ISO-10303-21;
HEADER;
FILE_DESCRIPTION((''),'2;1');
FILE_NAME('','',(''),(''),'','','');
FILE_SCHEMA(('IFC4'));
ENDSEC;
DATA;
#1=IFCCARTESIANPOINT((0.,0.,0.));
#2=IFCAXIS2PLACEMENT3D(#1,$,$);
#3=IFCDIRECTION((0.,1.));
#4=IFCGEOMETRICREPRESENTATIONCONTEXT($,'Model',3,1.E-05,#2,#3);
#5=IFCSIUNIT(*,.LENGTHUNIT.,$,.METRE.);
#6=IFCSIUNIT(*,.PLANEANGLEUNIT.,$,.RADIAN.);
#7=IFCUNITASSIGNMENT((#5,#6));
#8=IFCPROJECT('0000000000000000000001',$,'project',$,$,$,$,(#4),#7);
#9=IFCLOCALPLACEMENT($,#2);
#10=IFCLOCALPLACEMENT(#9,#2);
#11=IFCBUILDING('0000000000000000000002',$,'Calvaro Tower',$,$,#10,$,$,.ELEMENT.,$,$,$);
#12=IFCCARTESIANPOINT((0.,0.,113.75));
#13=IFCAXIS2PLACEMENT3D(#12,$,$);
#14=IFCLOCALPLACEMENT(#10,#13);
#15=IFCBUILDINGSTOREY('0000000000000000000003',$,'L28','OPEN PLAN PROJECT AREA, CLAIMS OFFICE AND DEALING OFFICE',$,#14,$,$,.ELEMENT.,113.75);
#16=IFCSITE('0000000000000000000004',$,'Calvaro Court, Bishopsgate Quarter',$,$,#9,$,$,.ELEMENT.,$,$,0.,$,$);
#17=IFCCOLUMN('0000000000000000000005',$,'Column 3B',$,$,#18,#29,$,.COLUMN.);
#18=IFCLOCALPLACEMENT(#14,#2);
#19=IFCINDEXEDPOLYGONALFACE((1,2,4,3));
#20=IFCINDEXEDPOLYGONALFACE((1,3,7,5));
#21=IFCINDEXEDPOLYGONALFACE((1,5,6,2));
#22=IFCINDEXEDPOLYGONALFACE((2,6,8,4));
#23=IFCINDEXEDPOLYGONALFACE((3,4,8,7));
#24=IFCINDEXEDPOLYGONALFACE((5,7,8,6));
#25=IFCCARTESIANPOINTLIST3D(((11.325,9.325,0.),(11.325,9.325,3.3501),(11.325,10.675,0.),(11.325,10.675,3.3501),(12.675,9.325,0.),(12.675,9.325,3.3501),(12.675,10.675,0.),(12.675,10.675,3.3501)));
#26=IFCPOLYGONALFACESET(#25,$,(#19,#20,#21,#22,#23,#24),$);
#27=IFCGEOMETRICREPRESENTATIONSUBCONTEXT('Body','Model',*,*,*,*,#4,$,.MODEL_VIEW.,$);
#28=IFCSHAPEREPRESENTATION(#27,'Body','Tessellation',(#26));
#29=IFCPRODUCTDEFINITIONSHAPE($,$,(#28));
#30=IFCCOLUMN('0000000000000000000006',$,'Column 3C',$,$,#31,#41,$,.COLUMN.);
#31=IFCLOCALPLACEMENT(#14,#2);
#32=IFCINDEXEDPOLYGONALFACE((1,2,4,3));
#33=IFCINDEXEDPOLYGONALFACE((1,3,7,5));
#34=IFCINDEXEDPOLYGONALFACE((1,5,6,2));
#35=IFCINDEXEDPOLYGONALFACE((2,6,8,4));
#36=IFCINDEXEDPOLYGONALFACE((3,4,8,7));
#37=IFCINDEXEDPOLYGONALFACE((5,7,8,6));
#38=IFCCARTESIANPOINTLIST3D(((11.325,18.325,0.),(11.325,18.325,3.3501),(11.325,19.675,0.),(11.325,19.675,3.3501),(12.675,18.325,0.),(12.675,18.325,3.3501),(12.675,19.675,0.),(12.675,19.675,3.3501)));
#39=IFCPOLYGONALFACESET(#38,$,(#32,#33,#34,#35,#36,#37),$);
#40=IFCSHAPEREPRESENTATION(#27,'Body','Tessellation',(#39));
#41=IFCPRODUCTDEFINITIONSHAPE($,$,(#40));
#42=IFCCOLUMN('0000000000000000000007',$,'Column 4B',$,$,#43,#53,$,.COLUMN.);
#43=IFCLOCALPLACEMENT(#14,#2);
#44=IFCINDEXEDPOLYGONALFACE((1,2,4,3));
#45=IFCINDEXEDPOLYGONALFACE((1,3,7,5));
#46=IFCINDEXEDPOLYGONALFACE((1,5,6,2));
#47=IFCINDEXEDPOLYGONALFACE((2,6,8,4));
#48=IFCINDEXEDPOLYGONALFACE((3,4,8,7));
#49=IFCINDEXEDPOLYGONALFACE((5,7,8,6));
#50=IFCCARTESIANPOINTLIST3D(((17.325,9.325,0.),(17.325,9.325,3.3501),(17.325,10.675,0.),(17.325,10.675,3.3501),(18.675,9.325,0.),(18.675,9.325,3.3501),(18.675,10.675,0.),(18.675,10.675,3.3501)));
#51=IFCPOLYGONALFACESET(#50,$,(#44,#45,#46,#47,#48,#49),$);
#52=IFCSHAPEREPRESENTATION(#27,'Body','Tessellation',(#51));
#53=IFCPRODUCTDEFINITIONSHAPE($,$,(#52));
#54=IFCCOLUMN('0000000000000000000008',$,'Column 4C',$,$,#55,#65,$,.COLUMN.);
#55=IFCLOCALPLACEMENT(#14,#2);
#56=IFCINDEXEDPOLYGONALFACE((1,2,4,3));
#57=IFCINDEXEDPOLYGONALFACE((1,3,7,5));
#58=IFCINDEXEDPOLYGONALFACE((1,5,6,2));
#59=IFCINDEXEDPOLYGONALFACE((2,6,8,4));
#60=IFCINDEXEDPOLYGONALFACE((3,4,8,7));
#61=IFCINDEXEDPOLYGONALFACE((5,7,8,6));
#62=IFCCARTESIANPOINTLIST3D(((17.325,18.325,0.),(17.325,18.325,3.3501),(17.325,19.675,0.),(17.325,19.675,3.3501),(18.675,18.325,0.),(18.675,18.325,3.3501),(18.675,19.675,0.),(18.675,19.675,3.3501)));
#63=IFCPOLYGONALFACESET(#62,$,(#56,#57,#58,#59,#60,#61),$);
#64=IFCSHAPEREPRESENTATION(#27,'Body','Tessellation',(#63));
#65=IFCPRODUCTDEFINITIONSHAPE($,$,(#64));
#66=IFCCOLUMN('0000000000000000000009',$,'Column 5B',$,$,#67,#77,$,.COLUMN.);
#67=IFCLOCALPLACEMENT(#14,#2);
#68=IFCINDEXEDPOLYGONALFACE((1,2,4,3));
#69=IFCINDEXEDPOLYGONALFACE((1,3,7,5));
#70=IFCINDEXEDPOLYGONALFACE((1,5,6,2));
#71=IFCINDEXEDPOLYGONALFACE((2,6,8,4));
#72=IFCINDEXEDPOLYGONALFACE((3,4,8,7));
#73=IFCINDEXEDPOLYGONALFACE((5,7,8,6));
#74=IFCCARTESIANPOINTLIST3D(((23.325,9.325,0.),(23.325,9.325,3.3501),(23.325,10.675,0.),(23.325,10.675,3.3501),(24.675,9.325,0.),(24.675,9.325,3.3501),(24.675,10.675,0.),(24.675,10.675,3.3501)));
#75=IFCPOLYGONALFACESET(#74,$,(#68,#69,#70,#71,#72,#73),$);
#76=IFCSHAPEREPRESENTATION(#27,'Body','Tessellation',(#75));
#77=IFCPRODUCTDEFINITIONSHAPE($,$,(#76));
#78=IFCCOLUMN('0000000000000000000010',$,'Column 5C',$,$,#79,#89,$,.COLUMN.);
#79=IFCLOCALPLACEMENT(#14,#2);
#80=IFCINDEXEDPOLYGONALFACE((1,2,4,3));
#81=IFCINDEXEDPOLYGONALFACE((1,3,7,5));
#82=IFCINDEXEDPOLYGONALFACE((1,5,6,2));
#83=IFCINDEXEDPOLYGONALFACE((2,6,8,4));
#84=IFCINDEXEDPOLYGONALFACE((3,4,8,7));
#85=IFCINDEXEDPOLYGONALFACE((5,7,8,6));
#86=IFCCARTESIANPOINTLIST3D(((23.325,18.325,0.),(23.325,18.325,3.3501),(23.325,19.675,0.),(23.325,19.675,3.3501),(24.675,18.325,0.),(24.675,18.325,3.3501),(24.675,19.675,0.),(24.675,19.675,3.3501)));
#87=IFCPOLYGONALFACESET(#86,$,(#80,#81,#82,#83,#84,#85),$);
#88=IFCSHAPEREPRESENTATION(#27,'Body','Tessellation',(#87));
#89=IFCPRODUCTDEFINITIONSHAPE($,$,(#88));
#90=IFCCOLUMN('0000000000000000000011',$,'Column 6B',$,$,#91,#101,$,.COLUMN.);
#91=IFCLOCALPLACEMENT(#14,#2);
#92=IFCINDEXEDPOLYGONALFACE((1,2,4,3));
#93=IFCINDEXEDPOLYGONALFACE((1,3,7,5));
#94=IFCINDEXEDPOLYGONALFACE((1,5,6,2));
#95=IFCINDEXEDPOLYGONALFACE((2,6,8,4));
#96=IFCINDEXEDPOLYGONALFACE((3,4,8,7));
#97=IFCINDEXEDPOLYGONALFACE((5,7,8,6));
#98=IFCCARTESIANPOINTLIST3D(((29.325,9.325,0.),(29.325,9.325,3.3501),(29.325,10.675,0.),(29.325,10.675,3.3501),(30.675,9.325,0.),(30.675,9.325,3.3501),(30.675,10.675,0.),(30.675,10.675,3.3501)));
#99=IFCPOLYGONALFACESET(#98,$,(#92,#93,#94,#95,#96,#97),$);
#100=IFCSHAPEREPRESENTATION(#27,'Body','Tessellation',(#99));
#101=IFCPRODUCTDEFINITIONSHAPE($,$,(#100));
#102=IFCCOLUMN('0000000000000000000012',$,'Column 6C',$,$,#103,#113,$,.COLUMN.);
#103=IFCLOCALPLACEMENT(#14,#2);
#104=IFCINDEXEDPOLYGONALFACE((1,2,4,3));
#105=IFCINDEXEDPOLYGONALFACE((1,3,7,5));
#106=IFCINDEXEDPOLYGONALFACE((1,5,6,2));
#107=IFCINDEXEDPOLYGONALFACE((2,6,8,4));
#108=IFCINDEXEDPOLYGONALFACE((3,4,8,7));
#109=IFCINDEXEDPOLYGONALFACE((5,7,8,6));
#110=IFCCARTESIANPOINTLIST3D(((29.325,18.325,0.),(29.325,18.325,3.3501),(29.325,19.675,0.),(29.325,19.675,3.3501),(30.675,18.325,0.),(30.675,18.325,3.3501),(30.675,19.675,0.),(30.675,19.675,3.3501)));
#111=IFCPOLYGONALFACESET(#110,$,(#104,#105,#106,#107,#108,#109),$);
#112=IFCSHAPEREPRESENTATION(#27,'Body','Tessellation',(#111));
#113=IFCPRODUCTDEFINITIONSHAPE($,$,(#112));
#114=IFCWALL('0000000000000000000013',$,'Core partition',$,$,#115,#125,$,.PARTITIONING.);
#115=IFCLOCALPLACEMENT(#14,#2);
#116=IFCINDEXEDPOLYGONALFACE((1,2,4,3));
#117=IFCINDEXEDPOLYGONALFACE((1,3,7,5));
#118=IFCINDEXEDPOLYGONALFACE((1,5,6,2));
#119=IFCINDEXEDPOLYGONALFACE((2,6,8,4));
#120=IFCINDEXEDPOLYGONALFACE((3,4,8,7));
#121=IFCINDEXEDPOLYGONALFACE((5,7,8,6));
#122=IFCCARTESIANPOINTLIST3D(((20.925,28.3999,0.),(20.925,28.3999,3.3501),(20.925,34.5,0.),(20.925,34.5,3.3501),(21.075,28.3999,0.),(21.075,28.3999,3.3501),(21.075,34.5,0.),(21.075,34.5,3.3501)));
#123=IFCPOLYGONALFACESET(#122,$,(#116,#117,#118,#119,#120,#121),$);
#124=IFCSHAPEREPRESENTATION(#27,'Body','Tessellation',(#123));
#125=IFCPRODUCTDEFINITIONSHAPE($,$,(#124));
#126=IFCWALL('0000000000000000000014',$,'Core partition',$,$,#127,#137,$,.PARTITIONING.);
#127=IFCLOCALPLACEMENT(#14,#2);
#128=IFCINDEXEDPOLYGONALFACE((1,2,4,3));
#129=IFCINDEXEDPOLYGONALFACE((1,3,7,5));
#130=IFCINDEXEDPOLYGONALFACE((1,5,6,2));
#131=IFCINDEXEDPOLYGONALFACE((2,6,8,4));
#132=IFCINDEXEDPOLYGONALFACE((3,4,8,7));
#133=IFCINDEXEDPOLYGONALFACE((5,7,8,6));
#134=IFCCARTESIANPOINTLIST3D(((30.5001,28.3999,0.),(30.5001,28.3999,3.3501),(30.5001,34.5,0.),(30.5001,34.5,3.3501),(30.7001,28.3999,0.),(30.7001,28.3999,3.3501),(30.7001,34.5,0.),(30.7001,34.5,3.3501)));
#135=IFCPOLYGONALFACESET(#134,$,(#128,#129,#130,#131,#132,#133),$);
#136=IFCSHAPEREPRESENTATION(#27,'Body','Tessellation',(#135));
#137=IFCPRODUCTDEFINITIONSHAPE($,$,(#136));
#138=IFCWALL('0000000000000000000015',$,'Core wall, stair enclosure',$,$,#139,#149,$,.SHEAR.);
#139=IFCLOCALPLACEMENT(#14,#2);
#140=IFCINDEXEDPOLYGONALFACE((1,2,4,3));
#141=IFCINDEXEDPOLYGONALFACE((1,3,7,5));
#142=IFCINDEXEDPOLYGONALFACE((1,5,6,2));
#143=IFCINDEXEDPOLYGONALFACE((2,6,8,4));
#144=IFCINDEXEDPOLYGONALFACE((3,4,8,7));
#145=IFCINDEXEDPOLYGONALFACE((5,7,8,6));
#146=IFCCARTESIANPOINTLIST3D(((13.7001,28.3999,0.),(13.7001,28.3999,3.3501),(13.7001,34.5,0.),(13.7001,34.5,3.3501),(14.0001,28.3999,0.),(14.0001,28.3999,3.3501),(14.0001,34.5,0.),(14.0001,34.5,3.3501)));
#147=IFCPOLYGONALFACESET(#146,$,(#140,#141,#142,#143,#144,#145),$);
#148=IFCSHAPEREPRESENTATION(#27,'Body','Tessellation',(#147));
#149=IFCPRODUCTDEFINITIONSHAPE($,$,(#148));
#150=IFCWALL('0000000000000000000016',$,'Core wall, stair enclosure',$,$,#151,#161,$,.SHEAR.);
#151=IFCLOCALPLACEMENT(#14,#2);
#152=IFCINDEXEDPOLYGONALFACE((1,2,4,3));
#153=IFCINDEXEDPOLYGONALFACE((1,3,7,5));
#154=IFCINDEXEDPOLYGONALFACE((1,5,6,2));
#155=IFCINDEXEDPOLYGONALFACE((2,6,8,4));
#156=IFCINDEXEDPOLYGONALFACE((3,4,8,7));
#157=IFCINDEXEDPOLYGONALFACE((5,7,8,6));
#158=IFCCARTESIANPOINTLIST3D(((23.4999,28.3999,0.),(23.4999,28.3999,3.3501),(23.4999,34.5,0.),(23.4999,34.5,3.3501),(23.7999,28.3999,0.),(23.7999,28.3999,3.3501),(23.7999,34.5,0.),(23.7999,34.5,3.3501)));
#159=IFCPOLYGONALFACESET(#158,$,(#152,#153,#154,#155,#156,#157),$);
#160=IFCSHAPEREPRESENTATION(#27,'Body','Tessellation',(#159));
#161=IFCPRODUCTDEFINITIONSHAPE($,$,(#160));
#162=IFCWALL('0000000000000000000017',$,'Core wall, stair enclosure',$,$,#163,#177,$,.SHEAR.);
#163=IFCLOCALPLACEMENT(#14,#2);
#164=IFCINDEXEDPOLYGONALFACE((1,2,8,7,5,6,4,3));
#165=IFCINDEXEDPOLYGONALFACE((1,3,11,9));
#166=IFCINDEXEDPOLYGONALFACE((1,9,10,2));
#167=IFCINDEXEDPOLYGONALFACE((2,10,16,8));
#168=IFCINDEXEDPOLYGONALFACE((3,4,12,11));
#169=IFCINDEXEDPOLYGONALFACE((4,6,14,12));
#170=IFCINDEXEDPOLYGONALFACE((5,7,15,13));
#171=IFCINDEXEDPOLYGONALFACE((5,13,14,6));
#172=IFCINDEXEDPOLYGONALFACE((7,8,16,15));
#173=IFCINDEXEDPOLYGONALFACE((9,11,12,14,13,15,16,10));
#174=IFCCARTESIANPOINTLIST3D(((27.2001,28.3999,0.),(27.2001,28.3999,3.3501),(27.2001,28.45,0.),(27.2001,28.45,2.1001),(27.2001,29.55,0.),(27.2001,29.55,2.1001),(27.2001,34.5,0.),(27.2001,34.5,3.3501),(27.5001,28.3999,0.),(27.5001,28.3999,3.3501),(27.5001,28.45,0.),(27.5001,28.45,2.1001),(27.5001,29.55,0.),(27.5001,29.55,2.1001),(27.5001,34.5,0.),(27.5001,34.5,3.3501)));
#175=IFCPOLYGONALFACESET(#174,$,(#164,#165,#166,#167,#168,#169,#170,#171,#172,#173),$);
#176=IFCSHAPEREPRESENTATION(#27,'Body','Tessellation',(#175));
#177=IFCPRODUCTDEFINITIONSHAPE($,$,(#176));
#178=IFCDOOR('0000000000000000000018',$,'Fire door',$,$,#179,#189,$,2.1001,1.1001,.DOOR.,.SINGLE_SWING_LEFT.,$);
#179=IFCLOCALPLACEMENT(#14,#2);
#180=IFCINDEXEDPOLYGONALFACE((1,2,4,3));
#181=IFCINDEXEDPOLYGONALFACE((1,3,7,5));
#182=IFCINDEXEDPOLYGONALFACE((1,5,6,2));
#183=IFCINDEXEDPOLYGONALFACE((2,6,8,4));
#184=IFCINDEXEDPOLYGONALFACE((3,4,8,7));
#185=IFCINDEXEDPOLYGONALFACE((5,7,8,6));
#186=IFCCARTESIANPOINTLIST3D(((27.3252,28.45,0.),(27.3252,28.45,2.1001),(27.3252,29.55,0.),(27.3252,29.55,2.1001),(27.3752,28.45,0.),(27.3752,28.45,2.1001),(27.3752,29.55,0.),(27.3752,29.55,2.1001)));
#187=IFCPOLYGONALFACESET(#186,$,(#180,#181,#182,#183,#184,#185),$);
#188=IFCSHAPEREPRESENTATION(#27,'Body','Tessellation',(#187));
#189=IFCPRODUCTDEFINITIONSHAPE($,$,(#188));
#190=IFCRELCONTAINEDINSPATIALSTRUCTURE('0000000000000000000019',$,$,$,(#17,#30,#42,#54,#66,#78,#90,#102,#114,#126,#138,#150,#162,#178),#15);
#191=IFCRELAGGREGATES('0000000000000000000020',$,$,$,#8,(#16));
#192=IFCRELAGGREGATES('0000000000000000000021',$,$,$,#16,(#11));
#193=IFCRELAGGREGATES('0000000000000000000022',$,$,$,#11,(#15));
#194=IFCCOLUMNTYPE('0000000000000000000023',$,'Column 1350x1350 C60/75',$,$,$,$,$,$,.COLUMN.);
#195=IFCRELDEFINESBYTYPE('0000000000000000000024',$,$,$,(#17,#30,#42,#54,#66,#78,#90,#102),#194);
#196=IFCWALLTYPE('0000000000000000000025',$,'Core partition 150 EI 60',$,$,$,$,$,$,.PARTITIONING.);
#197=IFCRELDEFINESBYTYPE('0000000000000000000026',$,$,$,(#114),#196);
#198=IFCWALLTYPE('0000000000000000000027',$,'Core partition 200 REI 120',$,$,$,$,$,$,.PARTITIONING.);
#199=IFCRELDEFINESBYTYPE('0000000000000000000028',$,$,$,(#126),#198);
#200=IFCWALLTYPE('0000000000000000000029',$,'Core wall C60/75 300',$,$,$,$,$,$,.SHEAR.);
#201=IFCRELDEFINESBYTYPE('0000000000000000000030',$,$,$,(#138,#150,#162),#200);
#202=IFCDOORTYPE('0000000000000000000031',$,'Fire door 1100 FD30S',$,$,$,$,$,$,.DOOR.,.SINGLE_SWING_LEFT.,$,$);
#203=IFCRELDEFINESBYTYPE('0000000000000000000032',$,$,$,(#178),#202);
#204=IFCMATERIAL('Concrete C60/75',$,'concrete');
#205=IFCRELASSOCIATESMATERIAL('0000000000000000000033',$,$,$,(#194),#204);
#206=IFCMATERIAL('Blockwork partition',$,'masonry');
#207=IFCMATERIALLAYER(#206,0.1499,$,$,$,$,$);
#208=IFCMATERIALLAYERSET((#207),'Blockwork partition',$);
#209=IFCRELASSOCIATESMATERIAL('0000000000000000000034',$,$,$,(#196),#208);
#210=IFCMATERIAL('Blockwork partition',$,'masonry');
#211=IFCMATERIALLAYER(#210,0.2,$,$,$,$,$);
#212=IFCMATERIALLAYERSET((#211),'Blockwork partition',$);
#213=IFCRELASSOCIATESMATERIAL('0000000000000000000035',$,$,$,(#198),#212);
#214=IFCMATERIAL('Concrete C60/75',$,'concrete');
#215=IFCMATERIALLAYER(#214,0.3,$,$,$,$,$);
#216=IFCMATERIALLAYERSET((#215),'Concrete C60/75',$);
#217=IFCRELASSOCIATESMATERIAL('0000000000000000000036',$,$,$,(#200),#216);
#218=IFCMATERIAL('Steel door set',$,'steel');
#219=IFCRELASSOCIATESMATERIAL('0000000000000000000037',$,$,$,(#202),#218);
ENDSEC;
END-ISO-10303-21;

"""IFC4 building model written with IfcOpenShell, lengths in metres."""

from ifc_helpers import new_model, si_unit, direction, frame, frame_2d, origin, origin_2d, place, context, subcontext, project, spatial, rectangle, extrude, material, layer, layer_set, material_profile, profile_set, type_object, element, fill, save


model = new_model("IFC4")

# Units and contexts
model_context = context("Model", 3, precision=1e-05, world=origin(), true_north=direction((0.0, 1.0)))
body_context = subcontext(model_context, "Body", "Model", "MODEL_VIEW")
ifc_project = project(units=[si_unit("LENGTHUNIT", "METRE"), si_unit("PLANEANGLEUNIT", "RADIAN")], contexts=[model_context])

# Site, building, storey
site_placement = place(None, origin())
site = spatial("IfcSite", under=ifc_project, at=site_placement, Name="Calvaro Court, Bishopsgate Quarter", CompositionType="ELEMENT", RefElevation=0.0)
building_placement = place(site_placement, origin())
building = spatial("IfcBuilding", under=site, at=building_placement, Name="Calvaro Tower", CompositionType="ELEMENT")
storey_placement = place(building_placement, frame((0.0, 0.0, 113.75)))
storey = spatial("IfcBuildingStorey", under=building, at=storey_placement, Name="L28", Description="OPEN PLAN PROJECT AREA, CLAIMS OFFICE AND DEALING OFFICE", CompositionType="ELEMENT", Elevation=113.75)

# Columns
ifc_material_1 = material(Name="Concrete C60/75", Category="concrete")
ifc_material_profile = material_profile(ifc_material_1, rectangle(XDim=1.3501, YDim=1.3501, at=origin_2d()), Name="RC 1350x1350")
ifc_profile_set = profile_set([ifc_material_profile], Name="Concrete C60/75")
column_type = type_object("IfcColumnType", Name="Column 1350x1350 C60/75", PredefinedType="COLUMN", material=ifc_profile_set)
for number, where, z_axis, x_axis, name in (
    (1, (12.0, 10.0, 0.0), (0.0, 0.0, 1.0), (1.0, 0.0, 0.0), "Column 3B"),
    (2, (12.0, 19.0, 0.0), (0.0, 0.0, 1.0), (1.0, 0.0, 0.0), "Column 3C"),
    (3, (18.0, 10.0, 0.0), (0.0, 0.0, 1.0), (1.0, 0.0, 0.0), "Column 4B"),
    (4, (18.0, 19.0, 0.0), (0.0, 0.0, 1.0), (1.0, 0.0, 0.0), "Column 4C"),
    (5, (24.0, 10.0, 0.0), (0.0, 0.0, 1.0), (1.0, 0.0, 0.0), "Column 5B"),
    (6, (24.0, 19.0, 0.0), (0.0, 0.0, 1.0), (1.0, 0.0, 0.0), "Column 5C"),
    (7, (30.0, 10.0, 0.0), (0.0, 0.0, 1.0), (1.0, 0.0, 0.0), "Column 6B"),
    (8, (30.0, 19.0, 0.0), (0.0, 0.0, 1.0), (1.0, 0.0, 0.0), "Column 6C"),
):
    element("IfcColumn", number, at=place(storey_placement, frame(where, z_axis=z_axis, x_axis=x_axis)), inside=storey, type_object=column_type, Name=name, PredefinedType="COLUMN", context=body_context, shape_type="SweptSolid", body=[
        extrude(rectangle(XDim=1.3501, YDim=1.3501, at=origin_2d()), origin(), (0.0, 0.0, 1.0), 3.3501),
    ])

# Walls
ifc_material_2 = material(Name="Blockwork partition", Category="masonry")
ifc_layer_1 = layer(ifc_material_2, 0.1499)
ifc_layer_set_1 = layer_set([ifc_layer_1], Name="Blockwork partition")
wall_type_1 = type_object("IfcWallType", Name="Core partition 150 EI 60", PredefinedType="PARTITIONING", material=ifc_layer_set_1)
wall_1_placement = place(storey_placement, frame((21.0, 28.3999, 0.0), z_axis=(0.0, 0.0, 1.0), x_axis=(0.0, 1.0, 0.0)))
element("IfcWall", 9, at=wall_1_placement, inside=storey, type_object=wall_type_1, Name="Core partition", PredefinedType="PARTITIONING", context=body_context, shape_type="SweptSolid", body=[
    extrude(rectangle(XDim=6.1001, YDim=0.1499, at=frame_2d((3.05, 0.0))), origin(), (0.0, 0.0, 1.0), 3.3501),
])
ifc_material_3 = material(Name="Blockwork partition", Category="masonry")
ifc_layer_2 = layer(ifc_material_3, 0.2)
ifc_layer_set_2 = layer_set([ifc_layer_2], Name="Blockwork partition")
wall_type_2 = type_object("IfcWallType", Name="Core partition 200 REI 120", PredefinedType="PARTITIONING", material=ifc_layer_set_2)
wall_2_placement = place(storey_placement, frame((30.6001, 28.3999, 0.0), z_axis=(0.0, 0.0, 1.0), x_axis=(0.0, 1.0, 0.0)))
element("IfcWall", 10, at=wall_2_placement, inside=storey, type_object=wall_type_2, Name="Core partition", PredefinedType="PARTITIONING", context=body_context, shape_type="SweptSolid", body=[
    extrude(rectangle(XDim=6.1001, YDim=0.2, at=frame_2d((3.05, 0.0))), origin(), (0.0, 0.0, 1.0), 3.3501),
])
ifc_material_4 = material(Name="Concrete C60/75", Category="concrete")
ifc_layer_3 = layer(ifc_material_4, 0.3)
ifc_layer_set_3 = layer_set([ifc_layer_3], Name="Concrete C60/75")
wall_type_3 = type_object("IfcWallType", Name="Core wall C60/75 300", PredefinedType="SHEAR", material=ifc_layer_set_3)
for number, where, z_axis, x_axis, name in (
    (11, (13.8501, 28.3999, 0.0), (0.0, 0.0, 1.0), (0.0, 1.0, 0.0), "Core wall, stair enclosure"),
    (12, (23.6499, 28.3999, 0.0), (0.0, 0.0, 1.0), (0.0, 1.0, 0.0), "Core wall, stair enclosure"),
):
    element("IfcWall", number, at=place(storey_placement, frame(where, z_axis=z_axis, x_axis=x_axis)), inside=storey, type_object=wall_type_3, Name=name, PredefinedType="SHEAR", context=body_context, shape_type="SweptSolid", body=[
        extrude(rectangle(XDim=6.1001, YDim=0.3, at=frame_2d((3.05, 0.0))), origin(), (0.0, 0.0, 1.0), 3.3501),
    ])

# Wall, opening, door
wall_3_placement = place(storey_placement, frame((27.3501, 28.3999, 0.0), z_axis=(0.0, 0.0, 1.0), x_axis=(0.0, 1.0, 0.0)))
wall_3 = element("IfcWall", 13, at=wall_3_placement, inside=storey, type_object=wall_type_3, Name="Core wall, stair enclosure", PredefinedType="SHEAR", context=body_context, shape_type="SweptSolid", body=[
    extrude(rectangle(XDim=6.1001, YDim=0.3, at=frame_2d((3.05, 0.0))), origin(), (0.0, 0.0, 1.0), 3.3501),
])
opening_1_placement = place(wall_3_placement, frame((0.05, 0.0, 0.0)))
opening_1 = element("IfcOpeningElement", 14, at=opening_1_placement, cuts=wall_3, PredefinedType="OPENING", context=body_context, shape_type="SweptSolid", body=[
    extrude(rectangle(XDim=1.1001, YDim=2.1001, at=frame_2d((0.55, 1.05))), frame((0.0, 0.1599, 0.0), z_axis=(0.0, -1.0, 0.0), x_axis=(1.0, 0.0, 0.0)), (0.0, 0.0, 1.0), 0.3201),
])
ifc_material_5 = material(Name="Steel door set", Category="steel")
door_type_1 = type_object("IfcDoorType", Name="Fire door 1100 FD30S", OperationType="SINGLE_SWING_LEFT", PredefinedType="DOOR", material=ifc_material_5)
door_1_placement = place(opening_1_placement, origin())
door_1 = element("IfcDoor", 15, at=door_1_placement, inside=storey, type_object=door_type_1, Name="Fire door", OperationType="SINGLE_SWING_LEFT", OverallHeight=2.1001, OverallWidth=1.1001, PredefinedType="DOOR", context=body_context, shape_type="SweptSolid", body=[
    extrude(rectangle(XDim=1.1001, YDim=2.1001, at=frame_2d((0.55, 1.05))), frame((0.0, 0.0249, 0.0), z_axis=(0.0, -1.0, 0.0), x_axis=(1.0, 0.0, 0.0)), (0.0, 0.0, 1.0), 0.05),
])
fill(opening_1, door_1)

save(model, "model.ifc")
